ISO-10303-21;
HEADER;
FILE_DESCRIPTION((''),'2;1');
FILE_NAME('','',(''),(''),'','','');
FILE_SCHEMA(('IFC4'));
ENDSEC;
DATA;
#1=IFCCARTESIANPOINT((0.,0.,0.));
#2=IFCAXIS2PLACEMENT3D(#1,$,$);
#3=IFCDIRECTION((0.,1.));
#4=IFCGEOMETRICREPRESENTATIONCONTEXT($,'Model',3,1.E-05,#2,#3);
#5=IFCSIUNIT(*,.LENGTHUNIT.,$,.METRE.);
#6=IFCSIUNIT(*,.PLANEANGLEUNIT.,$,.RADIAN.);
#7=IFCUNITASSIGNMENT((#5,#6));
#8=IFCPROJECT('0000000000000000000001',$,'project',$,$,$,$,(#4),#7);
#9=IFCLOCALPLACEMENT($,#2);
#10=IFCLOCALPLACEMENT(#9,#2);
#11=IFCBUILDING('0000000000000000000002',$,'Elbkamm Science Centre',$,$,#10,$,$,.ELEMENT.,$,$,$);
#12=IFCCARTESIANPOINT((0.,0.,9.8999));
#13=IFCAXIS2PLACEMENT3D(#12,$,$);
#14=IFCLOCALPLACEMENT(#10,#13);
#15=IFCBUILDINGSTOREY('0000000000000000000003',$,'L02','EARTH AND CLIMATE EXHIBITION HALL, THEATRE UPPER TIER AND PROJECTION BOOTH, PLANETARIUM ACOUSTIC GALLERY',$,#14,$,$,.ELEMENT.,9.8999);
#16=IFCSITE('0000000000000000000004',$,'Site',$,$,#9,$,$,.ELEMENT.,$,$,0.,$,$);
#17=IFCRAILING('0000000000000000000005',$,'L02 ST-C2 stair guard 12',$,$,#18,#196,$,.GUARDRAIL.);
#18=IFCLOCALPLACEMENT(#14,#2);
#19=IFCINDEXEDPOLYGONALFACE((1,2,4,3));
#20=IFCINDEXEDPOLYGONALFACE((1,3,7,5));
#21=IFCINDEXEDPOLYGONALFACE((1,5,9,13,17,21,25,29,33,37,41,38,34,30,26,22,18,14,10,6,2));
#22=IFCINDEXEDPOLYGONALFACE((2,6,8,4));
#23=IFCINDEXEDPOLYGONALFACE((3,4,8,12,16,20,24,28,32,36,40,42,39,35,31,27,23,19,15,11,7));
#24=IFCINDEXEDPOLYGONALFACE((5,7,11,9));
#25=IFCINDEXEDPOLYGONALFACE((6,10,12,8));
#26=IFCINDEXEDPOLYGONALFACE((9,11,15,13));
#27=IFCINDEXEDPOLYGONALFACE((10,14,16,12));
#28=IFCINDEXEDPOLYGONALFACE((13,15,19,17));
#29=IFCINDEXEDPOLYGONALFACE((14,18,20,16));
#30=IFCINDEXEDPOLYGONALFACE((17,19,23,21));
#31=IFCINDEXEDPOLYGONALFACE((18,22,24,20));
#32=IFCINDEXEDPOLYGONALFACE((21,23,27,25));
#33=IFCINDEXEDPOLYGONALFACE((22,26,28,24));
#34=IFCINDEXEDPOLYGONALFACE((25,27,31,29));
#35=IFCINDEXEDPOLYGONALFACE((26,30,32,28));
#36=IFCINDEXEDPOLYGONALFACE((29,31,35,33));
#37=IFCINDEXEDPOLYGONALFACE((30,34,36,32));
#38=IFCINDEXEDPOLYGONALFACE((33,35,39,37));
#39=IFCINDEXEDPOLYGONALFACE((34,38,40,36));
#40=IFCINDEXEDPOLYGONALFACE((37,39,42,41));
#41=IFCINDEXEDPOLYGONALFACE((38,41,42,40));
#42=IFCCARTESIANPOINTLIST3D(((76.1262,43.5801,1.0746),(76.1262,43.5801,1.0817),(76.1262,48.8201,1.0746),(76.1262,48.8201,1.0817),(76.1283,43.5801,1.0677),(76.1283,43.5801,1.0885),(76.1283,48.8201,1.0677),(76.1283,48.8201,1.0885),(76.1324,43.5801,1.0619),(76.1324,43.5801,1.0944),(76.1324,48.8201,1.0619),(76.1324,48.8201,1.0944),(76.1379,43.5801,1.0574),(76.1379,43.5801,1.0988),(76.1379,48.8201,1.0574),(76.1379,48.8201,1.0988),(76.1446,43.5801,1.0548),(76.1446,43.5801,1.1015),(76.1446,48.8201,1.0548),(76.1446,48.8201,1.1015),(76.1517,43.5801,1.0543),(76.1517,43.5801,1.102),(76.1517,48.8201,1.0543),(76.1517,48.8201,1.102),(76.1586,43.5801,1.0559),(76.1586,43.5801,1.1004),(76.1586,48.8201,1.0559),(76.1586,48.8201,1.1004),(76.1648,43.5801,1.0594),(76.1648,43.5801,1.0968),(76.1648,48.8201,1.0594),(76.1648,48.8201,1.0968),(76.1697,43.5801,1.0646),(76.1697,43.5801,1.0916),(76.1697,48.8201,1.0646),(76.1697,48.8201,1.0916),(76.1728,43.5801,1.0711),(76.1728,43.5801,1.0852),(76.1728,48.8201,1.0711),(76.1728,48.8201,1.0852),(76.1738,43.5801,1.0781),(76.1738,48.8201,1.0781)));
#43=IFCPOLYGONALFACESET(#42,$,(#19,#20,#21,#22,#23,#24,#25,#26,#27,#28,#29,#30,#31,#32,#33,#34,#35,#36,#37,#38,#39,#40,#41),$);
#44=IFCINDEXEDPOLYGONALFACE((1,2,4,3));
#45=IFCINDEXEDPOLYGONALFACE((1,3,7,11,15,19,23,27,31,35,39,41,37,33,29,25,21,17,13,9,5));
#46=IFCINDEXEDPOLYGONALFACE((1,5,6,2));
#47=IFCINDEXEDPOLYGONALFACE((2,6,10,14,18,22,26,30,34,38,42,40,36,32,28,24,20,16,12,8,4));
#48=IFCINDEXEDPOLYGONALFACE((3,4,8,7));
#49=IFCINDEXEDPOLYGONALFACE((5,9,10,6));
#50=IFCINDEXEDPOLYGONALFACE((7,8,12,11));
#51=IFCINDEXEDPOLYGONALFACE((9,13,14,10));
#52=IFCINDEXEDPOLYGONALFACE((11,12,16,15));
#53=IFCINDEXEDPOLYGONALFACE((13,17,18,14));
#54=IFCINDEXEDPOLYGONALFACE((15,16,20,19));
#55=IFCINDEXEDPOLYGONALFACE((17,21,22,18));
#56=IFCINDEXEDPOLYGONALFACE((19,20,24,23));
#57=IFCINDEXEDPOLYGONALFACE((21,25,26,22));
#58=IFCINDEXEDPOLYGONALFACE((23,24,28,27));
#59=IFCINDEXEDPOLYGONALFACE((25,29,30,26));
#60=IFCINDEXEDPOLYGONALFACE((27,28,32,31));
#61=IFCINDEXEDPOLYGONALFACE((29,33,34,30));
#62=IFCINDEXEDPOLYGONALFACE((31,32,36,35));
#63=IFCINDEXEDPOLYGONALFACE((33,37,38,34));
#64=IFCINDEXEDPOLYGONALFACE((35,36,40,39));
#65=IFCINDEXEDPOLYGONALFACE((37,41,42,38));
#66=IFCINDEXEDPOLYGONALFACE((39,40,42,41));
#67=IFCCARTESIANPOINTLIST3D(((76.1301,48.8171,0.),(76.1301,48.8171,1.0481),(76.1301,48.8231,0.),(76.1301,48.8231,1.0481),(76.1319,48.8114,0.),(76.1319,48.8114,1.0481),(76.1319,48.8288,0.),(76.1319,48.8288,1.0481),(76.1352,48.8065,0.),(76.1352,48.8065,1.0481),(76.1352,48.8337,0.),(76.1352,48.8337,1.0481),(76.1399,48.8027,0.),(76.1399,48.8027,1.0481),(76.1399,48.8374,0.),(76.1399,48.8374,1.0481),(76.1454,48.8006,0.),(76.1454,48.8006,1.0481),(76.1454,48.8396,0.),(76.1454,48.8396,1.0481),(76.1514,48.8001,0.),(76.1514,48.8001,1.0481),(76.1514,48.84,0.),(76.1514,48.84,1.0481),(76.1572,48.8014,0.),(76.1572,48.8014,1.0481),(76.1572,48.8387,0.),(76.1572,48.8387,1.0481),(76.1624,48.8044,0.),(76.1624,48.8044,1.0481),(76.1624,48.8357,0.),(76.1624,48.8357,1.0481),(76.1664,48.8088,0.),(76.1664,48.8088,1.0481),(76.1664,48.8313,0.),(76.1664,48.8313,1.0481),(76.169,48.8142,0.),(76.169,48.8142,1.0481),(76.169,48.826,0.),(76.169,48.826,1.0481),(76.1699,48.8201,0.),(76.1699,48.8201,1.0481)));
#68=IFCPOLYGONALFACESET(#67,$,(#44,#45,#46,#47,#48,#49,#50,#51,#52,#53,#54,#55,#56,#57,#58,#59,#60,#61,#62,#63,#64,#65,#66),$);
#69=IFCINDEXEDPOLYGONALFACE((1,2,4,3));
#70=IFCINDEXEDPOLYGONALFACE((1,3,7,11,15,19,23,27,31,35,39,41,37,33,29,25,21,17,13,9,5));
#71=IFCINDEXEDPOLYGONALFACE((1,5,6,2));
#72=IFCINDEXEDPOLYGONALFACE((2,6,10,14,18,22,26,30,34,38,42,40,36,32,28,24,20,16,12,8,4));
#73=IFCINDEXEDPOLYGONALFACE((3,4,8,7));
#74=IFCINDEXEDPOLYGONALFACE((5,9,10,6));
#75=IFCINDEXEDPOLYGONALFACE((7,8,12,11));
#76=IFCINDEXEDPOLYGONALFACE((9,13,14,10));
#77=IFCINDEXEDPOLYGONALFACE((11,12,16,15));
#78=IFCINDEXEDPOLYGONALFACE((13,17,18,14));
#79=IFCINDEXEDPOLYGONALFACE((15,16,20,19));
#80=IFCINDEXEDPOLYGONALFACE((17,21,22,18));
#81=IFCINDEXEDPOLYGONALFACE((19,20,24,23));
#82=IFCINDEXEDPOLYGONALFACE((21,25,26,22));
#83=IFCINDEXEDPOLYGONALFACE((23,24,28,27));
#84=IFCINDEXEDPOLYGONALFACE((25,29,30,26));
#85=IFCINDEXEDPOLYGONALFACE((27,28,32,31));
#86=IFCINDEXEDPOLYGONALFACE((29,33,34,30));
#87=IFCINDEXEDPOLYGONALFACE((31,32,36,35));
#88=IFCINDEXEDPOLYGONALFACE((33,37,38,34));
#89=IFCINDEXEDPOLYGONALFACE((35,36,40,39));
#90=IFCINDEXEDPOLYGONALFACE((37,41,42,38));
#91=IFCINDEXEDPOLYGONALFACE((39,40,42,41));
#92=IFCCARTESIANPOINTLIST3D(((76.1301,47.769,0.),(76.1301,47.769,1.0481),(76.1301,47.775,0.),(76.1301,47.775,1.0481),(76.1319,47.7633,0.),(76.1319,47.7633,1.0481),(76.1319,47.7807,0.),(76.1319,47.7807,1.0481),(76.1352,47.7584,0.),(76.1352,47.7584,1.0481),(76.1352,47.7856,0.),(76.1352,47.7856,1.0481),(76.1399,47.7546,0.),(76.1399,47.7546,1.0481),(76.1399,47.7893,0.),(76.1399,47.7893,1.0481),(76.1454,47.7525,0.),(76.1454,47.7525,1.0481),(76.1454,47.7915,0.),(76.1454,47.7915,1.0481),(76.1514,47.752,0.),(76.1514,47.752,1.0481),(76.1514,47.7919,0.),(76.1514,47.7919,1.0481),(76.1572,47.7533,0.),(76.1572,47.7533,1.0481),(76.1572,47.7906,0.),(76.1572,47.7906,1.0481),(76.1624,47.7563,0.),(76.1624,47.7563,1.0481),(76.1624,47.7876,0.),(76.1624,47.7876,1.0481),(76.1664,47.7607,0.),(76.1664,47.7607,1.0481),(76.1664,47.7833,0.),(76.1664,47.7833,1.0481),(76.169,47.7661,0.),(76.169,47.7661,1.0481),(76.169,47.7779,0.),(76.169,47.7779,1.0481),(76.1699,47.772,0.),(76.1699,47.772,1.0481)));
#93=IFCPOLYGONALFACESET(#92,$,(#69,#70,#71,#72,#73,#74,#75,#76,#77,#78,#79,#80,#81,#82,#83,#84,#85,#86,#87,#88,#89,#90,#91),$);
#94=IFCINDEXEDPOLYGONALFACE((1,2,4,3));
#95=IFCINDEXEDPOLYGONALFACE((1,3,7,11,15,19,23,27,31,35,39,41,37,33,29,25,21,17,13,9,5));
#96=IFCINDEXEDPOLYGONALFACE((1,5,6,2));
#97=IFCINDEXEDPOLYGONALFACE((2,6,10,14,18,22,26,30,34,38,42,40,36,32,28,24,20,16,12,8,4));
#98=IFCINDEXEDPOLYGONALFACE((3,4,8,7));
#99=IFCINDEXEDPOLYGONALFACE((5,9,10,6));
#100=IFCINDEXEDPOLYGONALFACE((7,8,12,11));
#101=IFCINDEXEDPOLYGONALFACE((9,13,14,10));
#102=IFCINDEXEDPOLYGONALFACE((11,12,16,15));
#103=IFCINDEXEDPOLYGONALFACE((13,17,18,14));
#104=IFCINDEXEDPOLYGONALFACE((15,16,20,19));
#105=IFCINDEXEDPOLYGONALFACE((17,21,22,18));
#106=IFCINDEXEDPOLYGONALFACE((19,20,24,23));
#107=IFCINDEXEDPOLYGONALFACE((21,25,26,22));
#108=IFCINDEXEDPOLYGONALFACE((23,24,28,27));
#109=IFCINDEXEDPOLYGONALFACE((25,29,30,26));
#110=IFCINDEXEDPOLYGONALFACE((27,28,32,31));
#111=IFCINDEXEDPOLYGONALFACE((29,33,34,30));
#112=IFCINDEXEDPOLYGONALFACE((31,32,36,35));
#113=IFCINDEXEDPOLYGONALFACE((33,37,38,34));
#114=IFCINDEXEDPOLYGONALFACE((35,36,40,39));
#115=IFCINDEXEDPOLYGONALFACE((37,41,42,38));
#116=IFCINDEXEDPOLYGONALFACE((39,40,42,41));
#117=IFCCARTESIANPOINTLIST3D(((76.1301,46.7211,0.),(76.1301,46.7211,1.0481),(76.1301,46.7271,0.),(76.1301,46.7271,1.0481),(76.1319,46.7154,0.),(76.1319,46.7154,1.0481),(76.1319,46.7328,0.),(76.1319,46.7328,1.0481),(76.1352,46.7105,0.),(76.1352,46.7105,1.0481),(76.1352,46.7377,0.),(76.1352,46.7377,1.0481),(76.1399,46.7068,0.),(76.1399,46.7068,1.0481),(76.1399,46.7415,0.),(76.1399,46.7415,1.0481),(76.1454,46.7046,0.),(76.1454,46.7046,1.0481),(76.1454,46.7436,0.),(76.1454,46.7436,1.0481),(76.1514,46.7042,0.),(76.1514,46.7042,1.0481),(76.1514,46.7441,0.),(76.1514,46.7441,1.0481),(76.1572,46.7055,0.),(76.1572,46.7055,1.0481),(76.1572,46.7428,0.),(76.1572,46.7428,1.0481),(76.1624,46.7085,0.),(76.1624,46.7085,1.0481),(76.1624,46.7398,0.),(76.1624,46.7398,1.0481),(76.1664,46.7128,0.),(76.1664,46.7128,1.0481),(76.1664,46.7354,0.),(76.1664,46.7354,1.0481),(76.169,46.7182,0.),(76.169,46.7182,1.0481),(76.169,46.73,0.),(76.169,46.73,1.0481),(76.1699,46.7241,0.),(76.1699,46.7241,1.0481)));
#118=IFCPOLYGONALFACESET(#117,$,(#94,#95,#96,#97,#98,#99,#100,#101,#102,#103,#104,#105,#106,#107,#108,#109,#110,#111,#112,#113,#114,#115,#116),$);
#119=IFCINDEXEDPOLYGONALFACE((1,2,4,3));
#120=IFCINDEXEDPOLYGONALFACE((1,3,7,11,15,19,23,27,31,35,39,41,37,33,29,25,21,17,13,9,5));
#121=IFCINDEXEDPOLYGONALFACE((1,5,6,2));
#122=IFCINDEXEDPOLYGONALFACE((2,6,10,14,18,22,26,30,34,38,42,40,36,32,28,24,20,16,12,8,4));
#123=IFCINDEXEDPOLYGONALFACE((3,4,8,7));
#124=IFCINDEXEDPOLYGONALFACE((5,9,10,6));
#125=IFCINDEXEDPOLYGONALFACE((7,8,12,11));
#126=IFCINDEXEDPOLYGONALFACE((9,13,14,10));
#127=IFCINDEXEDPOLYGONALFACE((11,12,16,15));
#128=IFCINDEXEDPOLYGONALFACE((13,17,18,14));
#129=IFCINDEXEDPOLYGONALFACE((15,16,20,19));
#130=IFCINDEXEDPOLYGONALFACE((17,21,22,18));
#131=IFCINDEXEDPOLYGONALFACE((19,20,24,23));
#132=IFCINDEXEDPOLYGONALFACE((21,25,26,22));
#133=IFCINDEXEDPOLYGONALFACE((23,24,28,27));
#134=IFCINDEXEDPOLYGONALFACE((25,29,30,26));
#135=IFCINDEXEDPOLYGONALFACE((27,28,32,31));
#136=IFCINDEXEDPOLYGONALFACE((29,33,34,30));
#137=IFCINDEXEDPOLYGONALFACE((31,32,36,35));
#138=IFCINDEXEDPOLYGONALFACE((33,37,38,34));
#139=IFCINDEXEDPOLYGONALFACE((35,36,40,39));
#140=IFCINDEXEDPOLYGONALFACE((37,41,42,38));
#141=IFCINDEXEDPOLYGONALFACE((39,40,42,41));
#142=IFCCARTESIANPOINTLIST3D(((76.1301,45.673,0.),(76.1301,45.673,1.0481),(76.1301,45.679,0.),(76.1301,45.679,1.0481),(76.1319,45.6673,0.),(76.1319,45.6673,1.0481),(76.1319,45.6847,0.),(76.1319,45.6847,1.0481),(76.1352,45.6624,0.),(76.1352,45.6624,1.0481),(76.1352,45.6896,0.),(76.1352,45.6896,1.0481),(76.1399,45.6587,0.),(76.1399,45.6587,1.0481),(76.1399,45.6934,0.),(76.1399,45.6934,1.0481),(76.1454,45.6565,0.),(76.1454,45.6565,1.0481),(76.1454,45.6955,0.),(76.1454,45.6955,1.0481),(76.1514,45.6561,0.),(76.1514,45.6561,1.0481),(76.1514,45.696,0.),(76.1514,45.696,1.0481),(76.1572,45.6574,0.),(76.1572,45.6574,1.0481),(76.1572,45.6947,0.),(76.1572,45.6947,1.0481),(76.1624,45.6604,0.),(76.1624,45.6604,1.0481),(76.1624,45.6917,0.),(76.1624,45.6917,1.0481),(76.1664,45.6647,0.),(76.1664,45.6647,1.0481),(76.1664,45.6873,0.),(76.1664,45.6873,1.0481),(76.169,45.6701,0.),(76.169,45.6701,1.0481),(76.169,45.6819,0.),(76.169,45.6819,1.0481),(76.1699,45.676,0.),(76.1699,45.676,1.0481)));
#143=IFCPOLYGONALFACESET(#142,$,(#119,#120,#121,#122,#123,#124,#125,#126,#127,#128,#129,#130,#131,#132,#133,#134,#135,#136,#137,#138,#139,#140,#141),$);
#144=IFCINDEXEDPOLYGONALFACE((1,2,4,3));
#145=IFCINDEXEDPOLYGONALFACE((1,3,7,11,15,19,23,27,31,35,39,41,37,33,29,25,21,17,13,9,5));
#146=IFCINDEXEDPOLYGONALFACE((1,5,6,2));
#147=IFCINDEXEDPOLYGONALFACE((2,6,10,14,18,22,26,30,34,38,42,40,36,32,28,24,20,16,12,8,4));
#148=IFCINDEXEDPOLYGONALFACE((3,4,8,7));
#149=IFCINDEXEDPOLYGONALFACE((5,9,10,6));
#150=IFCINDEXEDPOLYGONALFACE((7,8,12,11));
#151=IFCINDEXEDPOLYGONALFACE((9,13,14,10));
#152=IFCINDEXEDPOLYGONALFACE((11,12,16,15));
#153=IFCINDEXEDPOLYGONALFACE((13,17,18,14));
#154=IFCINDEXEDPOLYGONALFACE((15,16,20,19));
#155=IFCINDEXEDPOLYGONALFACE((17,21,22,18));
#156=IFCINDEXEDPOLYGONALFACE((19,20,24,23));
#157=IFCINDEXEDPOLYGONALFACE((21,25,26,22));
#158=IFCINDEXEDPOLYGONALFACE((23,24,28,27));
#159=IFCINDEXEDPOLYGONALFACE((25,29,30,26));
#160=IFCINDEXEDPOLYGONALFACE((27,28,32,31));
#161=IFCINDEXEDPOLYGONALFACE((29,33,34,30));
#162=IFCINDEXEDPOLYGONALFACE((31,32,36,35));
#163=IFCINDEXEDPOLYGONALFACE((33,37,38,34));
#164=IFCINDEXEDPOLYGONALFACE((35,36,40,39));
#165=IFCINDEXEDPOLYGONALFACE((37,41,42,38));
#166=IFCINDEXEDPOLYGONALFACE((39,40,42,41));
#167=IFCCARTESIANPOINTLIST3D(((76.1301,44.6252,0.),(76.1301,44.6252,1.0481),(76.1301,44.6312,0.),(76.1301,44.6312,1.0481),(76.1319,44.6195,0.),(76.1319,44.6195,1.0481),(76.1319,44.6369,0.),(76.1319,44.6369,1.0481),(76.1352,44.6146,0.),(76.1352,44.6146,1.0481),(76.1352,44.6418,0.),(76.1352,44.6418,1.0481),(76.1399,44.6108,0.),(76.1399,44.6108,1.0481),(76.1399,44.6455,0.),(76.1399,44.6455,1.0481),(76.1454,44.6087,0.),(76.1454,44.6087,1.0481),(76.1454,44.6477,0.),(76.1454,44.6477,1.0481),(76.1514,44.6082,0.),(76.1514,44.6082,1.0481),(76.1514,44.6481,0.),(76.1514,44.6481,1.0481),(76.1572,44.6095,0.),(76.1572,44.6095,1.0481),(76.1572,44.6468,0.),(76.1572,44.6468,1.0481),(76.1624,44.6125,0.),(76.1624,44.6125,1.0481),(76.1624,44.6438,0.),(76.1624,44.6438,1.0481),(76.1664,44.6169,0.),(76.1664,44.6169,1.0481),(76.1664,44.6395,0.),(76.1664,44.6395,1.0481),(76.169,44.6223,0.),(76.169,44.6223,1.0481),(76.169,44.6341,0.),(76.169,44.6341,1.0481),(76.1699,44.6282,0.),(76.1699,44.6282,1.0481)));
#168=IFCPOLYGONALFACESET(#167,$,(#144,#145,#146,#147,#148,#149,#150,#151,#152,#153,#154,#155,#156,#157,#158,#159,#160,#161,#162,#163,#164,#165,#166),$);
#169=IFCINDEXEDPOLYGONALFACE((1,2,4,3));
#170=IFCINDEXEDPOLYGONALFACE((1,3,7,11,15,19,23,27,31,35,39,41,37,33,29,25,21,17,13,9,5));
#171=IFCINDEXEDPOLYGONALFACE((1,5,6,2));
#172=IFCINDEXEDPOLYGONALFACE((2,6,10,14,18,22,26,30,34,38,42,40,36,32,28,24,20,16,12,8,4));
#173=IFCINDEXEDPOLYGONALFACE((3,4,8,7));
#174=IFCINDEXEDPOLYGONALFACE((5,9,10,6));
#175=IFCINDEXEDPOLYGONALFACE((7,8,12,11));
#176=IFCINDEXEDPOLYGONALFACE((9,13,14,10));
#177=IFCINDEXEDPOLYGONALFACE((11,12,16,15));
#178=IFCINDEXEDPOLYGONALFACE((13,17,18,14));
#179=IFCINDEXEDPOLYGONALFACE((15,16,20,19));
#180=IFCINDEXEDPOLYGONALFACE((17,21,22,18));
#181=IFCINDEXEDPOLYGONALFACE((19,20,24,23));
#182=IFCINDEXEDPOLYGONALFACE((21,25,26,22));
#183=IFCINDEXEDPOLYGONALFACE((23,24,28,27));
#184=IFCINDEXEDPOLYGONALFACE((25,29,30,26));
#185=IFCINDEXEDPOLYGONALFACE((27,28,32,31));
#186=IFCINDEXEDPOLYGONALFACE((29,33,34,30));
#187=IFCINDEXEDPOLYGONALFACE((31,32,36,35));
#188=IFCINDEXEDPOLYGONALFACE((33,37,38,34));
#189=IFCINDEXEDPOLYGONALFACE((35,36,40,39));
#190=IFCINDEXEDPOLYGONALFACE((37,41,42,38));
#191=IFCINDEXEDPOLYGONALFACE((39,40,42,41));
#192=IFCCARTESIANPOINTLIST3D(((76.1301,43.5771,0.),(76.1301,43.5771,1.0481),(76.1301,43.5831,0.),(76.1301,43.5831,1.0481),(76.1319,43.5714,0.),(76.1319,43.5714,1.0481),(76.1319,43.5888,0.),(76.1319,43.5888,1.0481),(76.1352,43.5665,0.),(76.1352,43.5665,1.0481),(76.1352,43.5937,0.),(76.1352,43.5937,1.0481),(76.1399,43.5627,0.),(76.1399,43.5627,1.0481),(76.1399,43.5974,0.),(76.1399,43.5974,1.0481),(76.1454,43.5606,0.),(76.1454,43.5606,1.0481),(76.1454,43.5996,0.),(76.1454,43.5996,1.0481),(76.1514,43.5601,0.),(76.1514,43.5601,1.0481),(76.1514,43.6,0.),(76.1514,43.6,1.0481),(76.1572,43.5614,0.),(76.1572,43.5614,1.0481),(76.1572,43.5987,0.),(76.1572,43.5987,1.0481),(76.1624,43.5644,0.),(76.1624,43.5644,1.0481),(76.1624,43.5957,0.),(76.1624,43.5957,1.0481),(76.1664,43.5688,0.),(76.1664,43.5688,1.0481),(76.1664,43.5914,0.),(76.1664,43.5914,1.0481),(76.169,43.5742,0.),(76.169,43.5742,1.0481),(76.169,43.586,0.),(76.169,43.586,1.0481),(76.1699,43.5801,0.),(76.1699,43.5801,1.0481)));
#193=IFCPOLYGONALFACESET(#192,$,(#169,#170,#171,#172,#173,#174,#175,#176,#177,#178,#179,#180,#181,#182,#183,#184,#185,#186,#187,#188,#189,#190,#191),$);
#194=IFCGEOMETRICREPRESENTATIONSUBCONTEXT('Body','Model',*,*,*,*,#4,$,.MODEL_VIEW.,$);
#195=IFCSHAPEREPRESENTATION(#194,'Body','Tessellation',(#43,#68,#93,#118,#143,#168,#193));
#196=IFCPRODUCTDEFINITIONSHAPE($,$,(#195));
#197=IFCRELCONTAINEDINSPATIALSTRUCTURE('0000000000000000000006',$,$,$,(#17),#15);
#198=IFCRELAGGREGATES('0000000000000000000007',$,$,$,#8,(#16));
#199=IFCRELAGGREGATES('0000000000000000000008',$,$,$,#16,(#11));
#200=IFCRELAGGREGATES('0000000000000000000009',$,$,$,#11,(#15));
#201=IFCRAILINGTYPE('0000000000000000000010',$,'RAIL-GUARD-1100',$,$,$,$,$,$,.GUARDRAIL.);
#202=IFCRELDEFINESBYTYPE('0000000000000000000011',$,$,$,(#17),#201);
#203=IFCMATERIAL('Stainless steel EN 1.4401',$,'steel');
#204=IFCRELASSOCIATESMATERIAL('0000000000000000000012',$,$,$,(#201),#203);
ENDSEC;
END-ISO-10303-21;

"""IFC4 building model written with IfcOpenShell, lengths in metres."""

from ifc_helpers import new_model, si_unit, direction, frame, origin, origin_2d, place, context, subcontext, project, spatial, circle, extrude, material, type_object, element, save


model = new_model("IFC4")

# Units and contexts
model_context = context("Model", 3, precision=1e-05, world=origin(), true_north=direction((0.0, 1.0)))
body_context = subcontext(model_context, "Body", "Model", "MODEL_VIEW")
ifc_project = project(units=[si_unit("LENGTHUNIT", "METRE"), si_unit("PLANEANGLEUNIT", "RADIAN")], contexts=[model_context])

# Site, building, storey
site_placement = place(None, origin())
site = spatial("IfcSite", under=ifc_project, at=site_placement, Name="Site", CompositionType="ELEMENT", RefElevation=0.0)
building_placement = place(site_placement, origin())
building = spatial("IfcBuilding", under=site, at=building_placement, Name="Elbkamm Science Centre", CompositionType="ELEMENT")
storey_placement = place(building_placement, frame((0.0, 0.0, 9.8999)))
storey = spatial("IfcBuildingStorey", under=building, at=storey_placement, Name="L02", Description="EARTH AND CLIMATE EXHIBITION HALL, THEATRE UPPER TIER AND PROJECTION BOOTH, PLANETARIUM ACOUSTIC GALLERY", CompositionType="ELEMENT", Elevation=9.8999)

# Railing
ifc_material_1 = material(Name="Stainless steel EN 1.4401", Category="steel")
railing_type_1 = type_object("IfcRailingType", Name="RAIL-GUARD-1100", PredefinedType="GUARDRAIL", material=ifc_material_1)
railing_1_placement = place(storey_placement, frame((76.1499, 48.8201, 0.0)))
element("IfcRailing", 1, at=railing_1_placement, inside=storey, type_object=railing_type_1, Name="L02 ST-C2 stair guard 12", PredefinedType="GUARDRAIL", context=body_context, shape_type="SweptSolid", body=[
    extrude(circle(Radius=0.0239, at=origin_2d()), frame((0.0, 0.0, 1.0781), z_axis=(0.0, -1.0, 0.0), x_axis=(1.0, 0.0, 0.0)), (0.0, 0.0, 1.0), 5.24),
    extrude(circle(Radius=0.02, at=origin_2d()), origin(), (0.0, 0.0, 1.0), 1.0481),
    extrude(circle(Radius=0.02, at=origin_2d()), frame((0.0, -1.0481, 0.0)), (0.0, 0.0, 1.0), 1.0481),
    extrude(circle(Radius=0.02, at=origin_2d()), frame((0.0, -2.0959, 0.0)), (0.0, 0.0, 1.0), 1.0481),
    extrude(circle(Radius=0.02, at=origin_2d()), frame((0.0, -3.144, 0.0)), (0.0, 0.0, 1.0), 1.0481),
    extrude(circle(Radius=0.02, at=origin_2d()), frame((0.0, -4.1919, 0.0)), (0.0, 0.0, 1.0), 1.0481),
    extrude(circle(Radius=0.02, at=origin_2d()), frame((0.0, -5.24, 0.0)), (0.0, 0.0, 1.0), 1.0481),
])

save(model, "model.ifc")
